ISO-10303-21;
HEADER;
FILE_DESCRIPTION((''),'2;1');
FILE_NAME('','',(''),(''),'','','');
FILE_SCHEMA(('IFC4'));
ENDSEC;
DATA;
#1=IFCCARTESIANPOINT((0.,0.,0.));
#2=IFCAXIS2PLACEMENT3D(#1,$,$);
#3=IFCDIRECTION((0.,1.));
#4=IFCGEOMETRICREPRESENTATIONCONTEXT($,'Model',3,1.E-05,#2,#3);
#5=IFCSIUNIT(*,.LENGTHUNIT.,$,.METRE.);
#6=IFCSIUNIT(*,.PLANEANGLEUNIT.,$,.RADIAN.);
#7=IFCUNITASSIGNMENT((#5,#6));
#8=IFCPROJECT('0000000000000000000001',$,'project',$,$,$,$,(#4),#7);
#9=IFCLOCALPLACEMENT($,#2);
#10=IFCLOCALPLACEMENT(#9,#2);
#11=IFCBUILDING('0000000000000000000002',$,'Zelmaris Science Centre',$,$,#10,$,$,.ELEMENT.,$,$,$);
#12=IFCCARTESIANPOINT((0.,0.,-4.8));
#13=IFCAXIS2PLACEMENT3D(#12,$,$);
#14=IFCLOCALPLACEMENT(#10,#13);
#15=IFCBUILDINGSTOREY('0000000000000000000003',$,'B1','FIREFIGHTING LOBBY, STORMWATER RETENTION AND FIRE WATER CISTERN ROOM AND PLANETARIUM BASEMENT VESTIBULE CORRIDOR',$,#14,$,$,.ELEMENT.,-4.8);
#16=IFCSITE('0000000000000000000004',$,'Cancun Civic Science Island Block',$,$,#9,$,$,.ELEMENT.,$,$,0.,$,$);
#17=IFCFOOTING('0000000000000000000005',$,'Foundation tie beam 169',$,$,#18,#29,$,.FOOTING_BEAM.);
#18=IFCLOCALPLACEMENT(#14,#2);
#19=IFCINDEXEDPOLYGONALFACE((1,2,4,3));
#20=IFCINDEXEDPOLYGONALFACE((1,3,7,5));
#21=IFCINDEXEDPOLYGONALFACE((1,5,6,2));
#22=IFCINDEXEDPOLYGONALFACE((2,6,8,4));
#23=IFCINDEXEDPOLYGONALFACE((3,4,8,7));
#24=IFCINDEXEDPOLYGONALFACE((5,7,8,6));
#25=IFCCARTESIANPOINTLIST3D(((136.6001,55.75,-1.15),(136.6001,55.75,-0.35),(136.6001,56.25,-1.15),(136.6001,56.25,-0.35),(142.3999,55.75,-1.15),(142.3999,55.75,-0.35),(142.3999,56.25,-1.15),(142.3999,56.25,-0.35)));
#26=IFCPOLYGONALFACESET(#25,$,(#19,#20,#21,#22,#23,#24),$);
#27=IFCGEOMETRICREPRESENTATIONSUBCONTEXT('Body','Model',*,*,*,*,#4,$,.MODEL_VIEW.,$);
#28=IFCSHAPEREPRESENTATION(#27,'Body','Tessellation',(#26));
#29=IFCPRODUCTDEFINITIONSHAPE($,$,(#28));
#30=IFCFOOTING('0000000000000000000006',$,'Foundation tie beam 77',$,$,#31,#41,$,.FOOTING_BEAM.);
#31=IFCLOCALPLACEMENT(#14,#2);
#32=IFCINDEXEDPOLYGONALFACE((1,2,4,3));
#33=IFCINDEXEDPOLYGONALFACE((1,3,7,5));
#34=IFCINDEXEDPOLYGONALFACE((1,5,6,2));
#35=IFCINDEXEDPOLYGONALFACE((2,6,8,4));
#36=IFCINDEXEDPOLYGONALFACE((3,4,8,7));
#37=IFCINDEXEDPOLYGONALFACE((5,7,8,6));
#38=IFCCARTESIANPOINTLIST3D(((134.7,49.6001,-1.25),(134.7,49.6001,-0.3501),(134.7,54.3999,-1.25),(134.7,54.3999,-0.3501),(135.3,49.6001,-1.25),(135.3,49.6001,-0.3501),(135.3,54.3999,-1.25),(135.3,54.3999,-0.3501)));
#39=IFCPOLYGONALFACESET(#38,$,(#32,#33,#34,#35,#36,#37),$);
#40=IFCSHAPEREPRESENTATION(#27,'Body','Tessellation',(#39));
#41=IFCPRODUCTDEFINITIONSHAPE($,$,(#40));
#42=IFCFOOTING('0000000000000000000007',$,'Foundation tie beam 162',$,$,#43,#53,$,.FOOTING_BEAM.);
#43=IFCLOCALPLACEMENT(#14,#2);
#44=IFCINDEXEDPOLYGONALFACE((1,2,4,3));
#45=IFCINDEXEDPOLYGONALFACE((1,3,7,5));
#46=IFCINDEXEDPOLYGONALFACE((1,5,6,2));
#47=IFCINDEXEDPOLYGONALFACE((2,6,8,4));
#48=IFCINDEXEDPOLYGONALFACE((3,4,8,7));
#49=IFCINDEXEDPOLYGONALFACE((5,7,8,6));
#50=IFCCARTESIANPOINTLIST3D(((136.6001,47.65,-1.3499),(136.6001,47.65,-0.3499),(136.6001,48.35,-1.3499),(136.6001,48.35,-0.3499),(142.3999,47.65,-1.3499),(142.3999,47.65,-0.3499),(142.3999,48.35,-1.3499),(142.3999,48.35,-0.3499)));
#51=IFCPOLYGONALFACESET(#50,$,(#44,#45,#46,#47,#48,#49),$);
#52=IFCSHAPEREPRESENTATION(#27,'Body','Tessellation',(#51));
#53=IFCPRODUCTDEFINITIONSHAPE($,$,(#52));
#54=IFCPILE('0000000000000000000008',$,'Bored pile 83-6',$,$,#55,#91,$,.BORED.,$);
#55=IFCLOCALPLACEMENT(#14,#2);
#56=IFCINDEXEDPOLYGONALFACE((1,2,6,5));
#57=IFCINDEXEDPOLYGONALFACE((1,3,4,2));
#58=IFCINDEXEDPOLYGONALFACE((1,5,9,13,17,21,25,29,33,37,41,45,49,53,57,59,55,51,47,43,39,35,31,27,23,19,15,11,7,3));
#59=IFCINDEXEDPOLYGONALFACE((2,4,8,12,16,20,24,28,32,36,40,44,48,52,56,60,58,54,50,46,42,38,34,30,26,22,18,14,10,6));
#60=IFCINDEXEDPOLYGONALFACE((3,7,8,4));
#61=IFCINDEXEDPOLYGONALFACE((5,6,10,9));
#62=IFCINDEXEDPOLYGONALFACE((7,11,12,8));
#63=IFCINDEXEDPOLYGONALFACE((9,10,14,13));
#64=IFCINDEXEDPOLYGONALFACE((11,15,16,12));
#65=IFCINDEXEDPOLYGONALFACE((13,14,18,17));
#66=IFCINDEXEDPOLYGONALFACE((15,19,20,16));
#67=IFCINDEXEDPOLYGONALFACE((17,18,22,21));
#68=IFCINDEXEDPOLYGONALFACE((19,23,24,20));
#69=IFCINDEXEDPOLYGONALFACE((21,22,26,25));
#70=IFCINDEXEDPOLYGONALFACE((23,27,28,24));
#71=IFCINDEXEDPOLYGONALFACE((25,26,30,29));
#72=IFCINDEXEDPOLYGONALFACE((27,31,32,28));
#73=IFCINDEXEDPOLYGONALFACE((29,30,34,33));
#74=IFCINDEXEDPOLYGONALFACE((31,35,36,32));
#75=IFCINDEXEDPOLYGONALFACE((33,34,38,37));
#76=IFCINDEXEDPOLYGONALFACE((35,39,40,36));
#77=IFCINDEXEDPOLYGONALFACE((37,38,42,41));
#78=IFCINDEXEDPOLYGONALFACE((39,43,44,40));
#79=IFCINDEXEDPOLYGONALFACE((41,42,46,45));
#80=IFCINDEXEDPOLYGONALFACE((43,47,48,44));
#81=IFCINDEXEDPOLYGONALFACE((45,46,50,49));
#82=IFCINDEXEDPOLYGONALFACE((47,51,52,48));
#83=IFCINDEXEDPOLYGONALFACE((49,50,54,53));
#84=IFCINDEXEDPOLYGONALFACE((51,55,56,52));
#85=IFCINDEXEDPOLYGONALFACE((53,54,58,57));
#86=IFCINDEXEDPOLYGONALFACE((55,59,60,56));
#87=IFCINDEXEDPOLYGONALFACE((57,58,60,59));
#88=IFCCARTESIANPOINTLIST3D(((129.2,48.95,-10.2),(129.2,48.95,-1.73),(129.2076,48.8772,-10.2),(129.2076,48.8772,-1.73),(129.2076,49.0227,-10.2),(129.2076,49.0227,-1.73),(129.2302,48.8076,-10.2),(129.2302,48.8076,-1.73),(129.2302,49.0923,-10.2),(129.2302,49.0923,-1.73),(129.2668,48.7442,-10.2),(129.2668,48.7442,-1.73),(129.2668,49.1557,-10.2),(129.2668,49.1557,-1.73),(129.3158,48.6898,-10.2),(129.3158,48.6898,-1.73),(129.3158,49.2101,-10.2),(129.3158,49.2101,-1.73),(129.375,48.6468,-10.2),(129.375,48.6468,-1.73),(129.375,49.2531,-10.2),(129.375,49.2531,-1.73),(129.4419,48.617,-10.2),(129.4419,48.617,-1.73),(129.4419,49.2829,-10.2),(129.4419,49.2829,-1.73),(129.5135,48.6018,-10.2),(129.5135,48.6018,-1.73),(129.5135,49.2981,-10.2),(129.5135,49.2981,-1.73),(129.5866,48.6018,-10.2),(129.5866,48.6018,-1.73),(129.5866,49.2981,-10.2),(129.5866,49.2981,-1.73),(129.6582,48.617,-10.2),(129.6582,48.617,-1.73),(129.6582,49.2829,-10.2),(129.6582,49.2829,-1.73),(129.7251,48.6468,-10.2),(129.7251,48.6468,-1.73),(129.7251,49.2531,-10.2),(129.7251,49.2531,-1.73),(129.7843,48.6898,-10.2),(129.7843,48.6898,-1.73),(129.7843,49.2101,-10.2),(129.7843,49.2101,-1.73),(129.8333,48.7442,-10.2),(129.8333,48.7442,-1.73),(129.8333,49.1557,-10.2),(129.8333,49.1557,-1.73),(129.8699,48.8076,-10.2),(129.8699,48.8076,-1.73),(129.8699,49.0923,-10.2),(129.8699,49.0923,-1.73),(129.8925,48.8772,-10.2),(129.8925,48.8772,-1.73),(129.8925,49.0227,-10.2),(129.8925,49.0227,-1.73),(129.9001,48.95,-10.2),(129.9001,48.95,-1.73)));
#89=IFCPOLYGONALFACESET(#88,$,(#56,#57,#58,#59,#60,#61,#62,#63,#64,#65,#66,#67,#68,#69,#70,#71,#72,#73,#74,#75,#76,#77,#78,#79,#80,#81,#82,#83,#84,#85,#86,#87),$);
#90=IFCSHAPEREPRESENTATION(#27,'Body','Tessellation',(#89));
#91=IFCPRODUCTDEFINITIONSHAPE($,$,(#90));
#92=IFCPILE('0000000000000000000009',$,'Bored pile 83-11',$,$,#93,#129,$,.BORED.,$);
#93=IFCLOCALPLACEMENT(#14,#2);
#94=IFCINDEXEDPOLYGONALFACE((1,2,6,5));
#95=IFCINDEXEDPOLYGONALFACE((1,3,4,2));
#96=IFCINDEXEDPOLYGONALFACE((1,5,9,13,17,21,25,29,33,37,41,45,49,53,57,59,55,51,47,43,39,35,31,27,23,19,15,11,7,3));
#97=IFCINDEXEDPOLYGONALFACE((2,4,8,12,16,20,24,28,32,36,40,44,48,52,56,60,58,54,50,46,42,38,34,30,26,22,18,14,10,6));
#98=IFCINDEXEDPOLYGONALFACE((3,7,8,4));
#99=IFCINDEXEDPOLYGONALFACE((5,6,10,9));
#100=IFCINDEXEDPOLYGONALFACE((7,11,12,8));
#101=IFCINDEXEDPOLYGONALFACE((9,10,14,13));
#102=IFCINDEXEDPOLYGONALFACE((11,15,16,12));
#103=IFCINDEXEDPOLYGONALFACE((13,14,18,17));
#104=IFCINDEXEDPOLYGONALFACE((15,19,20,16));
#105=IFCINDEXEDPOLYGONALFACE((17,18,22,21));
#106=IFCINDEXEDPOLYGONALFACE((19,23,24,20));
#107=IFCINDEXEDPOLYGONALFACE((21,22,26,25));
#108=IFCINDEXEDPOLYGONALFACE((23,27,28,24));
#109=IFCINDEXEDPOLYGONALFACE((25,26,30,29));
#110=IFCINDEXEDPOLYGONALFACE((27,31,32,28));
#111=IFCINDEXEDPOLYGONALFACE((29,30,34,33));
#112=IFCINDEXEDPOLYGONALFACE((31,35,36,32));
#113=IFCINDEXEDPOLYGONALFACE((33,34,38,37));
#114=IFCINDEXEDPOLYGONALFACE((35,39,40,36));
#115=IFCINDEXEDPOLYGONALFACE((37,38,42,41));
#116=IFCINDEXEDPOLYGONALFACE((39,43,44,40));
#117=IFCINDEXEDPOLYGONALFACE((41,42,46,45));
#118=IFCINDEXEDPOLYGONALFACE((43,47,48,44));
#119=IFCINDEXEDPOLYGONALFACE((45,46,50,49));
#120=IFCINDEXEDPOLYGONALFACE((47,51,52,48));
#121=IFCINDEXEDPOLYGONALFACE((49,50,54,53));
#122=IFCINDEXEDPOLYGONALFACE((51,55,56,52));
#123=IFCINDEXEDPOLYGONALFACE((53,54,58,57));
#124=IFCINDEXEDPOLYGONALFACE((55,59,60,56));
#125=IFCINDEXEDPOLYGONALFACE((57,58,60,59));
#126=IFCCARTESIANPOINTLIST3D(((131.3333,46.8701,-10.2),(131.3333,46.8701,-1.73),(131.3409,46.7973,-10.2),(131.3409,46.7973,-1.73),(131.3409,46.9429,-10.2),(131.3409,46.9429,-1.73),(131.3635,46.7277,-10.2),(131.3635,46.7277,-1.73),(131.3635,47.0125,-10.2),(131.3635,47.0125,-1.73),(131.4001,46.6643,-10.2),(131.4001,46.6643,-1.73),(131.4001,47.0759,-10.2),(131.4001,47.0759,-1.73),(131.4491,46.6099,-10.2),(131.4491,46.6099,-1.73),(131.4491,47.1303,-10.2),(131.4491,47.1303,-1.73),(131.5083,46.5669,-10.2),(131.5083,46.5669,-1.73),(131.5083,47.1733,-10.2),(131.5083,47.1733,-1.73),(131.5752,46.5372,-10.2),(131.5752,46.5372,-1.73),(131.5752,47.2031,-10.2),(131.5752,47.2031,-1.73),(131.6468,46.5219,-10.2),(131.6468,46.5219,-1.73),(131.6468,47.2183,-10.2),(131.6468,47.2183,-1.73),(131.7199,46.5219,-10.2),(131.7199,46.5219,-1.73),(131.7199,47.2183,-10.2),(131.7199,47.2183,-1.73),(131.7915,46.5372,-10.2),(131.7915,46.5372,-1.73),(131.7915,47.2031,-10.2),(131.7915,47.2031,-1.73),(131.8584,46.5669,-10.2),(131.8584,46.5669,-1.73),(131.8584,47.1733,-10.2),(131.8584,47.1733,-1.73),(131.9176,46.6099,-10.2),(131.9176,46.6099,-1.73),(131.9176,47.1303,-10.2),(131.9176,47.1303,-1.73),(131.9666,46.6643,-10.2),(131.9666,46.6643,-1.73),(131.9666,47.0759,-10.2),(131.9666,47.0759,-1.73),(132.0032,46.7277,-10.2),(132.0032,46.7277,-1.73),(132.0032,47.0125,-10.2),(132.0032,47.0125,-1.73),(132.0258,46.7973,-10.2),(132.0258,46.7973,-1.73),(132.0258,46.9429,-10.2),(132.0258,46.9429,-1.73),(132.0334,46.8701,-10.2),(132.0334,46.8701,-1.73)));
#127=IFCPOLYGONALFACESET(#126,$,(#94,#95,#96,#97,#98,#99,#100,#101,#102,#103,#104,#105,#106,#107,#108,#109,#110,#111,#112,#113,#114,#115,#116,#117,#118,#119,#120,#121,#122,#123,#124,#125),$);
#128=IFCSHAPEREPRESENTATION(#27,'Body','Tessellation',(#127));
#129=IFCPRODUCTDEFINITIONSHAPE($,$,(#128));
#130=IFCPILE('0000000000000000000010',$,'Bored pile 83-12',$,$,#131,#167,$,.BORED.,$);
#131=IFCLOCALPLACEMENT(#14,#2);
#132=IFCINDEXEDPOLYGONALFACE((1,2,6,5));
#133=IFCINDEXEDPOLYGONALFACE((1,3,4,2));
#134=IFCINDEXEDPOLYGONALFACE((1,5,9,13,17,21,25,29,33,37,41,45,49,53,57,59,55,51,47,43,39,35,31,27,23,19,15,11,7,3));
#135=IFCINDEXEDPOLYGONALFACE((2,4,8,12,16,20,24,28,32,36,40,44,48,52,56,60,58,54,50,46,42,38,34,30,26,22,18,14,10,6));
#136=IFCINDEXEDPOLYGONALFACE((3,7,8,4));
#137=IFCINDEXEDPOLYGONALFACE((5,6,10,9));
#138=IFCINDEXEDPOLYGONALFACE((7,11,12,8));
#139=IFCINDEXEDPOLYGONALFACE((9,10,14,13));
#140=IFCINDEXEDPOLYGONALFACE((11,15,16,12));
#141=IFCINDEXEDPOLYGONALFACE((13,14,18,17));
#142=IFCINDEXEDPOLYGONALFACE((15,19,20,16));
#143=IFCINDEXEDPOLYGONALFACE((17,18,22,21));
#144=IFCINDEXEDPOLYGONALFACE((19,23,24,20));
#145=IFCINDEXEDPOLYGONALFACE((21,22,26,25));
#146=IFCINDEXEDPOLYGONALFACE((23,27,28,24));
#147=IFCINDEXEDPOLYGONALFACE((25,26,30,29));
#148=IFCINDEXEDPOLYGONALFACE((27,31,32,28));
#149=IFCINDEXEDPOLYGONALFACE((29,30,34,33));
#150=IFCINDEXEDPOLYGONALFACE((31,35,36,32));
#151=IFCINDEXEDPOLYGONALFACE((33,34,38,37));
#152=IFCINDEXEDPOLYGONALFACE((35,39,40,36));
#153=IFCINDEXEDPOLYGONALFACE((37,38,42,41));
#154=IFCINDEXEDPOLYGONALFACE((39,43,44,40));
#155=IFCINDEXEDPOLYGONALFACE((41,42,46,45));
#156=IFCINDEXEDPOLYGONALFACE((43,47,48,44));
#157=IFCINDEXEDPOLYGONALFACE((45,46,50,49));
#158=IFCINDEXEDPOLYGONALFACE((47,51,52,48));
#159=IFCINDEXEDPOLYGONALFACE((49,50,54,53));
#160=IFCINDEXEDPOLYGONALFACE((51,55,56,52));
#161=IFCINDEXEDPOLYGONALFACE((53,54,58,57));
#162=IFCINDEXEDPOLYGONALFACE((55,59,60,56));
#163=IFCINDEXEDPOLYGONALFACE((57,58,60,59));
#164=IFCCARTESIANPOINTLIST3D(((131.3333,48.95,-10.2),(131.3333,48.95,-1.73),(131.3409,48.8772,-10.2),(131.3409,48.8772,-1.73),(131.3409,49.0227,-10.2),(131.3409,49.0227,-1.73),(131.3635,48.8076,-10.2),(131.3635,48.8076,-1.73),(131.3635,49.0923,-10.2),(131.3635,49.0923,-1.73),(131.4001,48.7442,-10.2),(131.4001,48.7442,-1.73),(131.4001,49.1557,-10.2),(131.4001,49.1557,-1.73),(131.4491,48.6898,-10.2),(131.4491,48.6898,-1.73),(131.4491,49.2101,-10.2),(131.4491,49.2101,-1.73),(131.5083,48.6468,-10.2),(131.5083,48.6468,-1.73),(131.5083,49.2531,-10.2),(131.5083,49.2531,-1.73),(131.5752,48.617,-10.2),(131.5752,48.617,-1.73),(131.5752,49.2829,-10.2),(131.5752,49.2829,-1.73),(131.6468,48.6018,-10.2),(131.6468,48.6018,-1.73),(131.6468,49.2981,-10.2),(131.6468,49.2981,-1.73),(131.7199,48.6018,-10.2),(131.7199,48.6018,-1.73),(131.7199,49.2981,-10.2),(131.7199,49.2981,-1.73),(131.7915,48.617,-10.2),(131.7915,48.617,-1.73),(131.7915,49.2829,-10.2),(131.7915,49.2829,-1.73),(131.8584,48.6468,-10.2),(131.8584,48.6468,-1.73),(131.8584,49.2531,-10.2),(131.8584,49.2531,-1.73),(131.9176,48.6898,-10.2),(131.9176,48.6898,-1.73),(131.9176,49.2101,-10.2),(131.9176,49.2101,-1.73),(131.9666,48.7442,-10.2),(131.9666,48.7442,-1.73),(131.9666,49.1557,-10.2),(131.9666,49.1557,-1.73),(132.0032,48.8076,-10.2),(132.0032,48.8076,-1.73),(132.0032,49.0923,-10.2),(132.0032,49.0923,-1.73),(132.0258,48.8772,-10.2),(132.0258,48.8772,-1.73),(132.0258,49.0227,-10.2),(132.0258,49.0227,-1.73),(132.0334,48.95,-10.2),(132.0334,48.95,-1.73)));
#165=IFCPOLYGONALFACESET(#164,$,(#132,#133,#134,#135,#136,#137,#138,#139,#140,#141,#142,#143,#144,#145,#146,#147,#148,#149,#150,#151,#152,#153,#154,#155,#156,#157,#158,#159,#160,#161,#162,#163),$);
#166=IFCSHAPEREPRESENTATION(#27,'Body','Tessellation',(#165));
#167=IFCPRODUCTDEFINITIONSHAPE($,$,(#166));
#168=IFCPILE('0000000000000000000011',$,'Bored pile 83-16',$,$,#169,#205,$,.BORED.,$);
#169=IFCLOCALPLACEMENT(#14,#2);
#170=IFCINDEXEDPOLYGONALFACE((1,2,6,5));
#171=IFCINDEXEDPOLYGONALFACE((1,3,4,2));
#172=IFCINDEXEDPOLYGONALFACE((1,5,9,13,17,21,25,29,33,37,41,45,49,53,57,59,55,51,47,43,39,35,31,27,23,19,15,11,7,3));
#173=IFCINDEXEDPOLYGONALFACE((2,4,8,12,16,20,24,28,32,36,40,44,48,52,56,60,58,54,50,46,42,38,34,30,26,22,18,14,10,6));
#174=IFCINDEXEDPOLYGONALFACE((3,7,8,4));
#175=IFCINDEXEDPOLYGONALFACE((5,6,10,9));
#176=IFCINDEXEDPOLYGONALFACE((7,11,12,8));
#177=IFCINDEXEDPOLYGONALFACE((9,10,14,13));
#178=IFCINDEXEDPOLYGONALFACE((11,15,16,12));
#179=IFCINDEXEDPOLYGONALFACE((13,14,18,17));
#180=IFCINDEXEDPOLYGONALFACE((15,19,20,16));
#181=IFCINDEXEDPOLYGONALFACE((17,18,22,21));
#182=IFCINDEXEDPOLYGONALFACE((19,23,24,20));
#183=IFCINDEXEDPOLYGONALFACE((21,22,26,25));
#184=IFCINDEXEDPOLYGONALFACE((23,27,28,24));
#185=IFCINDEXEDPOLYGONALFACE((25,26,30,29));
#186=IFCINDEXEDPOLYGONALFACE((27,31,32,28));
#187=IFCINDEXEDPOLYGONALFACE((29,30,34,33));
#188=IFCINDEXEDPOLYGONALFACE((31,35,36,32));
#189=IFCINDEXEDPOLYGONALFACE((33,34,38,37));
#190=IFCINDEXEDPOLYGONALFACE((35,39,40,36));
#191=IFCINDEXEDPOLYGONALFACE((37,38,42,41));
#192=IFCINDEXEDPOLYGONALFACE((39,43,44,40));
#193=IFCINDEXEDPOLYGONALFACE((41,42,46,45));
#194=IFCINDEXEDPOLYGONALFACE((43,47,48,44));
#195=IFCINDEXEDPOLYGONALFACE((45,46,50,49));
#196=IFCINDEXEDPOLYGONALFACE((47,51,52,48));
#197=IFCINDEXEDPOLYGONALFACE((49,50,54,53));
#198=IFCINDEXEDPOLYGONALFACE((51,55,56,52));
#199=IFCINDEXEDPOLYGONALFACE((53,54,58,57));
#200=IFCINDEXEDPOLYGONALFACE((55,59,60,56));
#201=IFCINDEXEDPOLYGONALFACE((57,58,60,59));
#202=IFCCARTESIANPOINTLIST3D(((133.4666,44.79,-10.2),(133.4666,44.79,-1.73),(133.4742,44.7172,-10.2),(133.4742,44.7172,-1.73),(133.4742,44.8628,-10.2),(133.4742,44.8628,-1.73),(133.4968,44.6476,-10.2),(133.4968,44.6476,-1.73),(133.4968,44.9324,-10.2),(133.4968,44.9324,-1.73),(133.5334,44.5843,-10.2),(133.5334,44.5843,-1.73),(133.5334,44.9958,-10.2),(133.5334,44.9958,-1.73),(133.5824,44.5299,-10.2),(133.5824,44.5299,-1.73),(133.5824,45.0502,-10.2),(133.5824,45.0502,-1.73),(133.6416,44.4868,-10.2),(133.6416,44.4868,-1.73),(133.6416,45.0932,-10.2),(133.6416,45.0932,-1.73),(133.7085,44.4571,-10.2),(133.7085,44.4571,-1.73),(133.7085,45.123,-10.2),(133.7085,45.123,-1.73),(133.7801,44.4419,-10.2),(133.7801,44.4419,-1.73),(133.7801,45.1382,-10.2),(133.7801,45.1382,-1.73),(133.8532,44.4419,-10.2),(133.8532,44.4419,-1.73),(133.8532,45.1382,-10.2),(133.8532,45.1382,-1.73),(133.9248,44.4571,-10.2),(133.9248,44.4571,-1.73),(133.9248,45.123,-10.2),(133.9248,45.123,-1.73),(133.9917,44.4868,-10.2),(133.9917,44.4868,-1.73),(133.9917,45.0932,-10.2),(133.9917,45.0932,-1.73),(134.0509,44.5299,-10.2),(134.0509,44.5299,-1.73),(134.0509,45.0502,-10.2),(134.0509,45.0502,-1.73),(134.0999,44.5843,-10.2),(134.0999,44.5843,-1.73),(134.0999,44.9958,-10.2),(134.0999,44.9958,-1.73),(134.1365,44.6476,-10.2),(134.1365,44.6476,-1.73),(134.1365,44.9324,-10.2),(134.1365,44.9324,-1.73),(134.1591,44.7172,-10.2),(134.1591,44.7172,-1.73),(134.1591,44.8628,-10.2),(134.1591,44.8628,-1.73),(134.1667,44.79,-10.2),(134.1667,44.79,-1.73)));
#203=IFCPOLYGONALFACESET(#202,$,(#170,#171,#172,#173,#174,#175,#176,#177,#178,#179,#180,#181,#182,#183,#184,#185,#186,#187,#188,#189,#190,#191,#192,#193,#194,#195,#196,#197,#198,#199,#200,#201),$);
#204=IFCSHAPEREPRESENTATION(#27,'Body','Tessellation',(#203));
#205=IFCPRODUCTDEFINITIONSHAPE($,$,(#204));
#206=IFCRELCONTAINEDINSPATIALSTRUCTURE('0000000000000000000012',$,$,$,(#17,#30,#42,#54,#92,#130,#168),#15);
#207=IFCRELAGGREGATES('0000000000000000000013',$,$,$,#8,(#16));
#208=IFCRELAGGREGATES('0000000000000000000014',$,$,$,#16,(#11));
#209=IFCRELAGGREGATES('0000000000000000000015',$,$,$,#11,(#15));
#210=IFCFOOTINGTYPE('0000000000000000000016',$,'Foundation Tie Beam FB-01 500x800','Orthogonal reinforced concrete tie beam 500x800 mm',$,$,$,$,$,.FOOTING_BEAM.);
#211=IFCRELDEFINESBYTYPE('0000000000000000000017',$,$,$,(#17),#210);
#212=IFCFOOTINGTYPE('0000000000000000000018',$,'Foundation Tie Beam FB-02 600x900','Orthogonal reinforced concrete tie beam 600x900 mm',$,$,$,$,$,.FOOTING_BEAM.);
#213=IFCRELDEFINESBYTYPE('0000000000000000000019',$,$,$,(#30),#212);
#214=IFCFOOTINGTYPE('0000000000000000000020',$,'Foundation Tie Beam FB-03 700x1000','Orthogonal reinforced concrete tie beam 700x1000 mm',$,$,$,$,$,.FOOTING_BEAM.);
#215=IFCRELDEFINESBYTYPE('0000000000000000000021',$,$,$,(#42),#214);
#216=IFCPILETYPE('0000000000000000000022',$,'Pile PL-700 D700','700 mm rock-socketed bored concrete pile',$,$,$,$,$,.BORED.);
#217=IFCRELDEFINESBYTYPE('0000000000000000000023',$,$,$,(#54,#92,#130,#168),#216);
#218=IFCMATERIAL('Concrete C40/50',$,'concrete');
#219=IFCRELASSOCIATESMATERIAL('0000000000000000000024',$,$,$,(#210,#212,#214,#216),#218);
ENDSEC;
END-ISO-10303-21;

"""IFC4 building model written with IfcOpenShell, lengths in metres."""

from ifc_helpers import new_model, si_unit, direction, frame, origin, origin_2d, place, context, subcontext, project, spatial, rectangle, circle, extrude, material, material_profile, profile_set, type_object, element, save


model = new_model("IFC4")

# Units and contexts
model_context = context("Model", 3, precision=1e-05, world=origin(), true_north=direction((0.0, 1.0)))
body_context = subcontext(model_context, "Body", "Model", "MODEL_VIEW")
ifc_project = project(units=[si_unit("LENGTHUNIT", "METRE"), si_unit("PLANEANGLEUNIT", "RADIAN")], contexts=[model_context])

# Site, building, storey
site_placement = place(None, origin())
site = spatial("IfcSite", under=ifc_project, at=site_placement, Name="Cancun Civic Science Island Block", CompositionType="ELEMENT", RefElevation=0.0)
building_placement = place(site_placement, origin())
building = spatial("IfcBuilding", under=site, at=building_placement, Name="Zelmaris Science Centre", CompositionType="ELEMENT")
storey_placement = place(building_placement, frame((0.0, 0.0, -4.8)))
storey = spatial("IfcBuildingStorey", under=building, at=storey_placement, Name="B1", Description="FIREFIGHTING LOBBY, STORMWATER RETENTION AND FIRE WATER CISTERN ROOM AND PLANETARIUM BASEMENT VESTIBULE CORRIDOR", CompositionType="ELEMENT", Elevation=-4.8)

# Footings
ifc_material_1 = material(Name="Concrete C40/50", Category="concrete")
ifc_material_profile_1 = material_profile(ifc_material_1, rectangle(XDim=0.5, YDim=0.8, at=origin_2d()), Name="FB-500X800")
ifc_profile_set_1 = profile_set([ifc_material_profile_1], Name="Concrete C40/50")
footing_type_1 = type_object("IfcFootingType", Name="Foundation Tie Beam FB-01 500x800", Description="Orthogonal reinforced concrete tie beam 500x800 mm", PredefinedType="FOOTING_BEAM", material=ifc_profile_set_1)
footing_1_placement = place(storey_placement, frame((136.6001, 56.0, -0.75), z_axis=(1.0, 0.0, 0.0), x_axis=(0.0, 1.0, 0.0)))
element("IfcFooting", 1, at=footing_1_placement, inside=storey, type_object=footing_type_1, Name="Foundation tie beam 169", PredefinedType="FOOTING_BEAM", context=body_context, shape_type="SweptSolid", body=[
    extrude(rectangle(XDim=0.5, YDim=0.8, at=origin_2d()), origin(), (0.0, 0.0, 1.0), 5.7998),
])
ifc_material_profile_2 = material_profile(ifc_material_1, rectangle(XDim=0.6001, YDim=0.8999, at=origin_2d()), Name="FB-600X900")
ifc_profile_set_2 = profile_set([ifc_material_profile_2], Name="Concrete C40/50")
footing_type_2 = type_object("IfcFootingType", Name="Foundation Tie Beam FB-02 600x900", Description="Orthogonal reinforced concrete tie beam 600x900 mm", PredefinedType="FOOTING_BEAM", material=ifc_profile_set_2)
footing_2_placement = place(storey_placement, frame((135.0, 49.6001, -0.8), z_axis=(0.0, 1.0, 0.0), x_axis=(-1.0, 0.0, 0.0)))
element("IfcFooting", 2, at=footing_2_placement, inside=storey, type_object=footing_type_2, Name="Foundation tie beam 77", PredefinedType="FOOTING_BEAM", context=body_context, shape_type="SweptSolid", body=[
    extrude(rectangle(XDim=0.6001, YDim=0.8999, at=origin_2d()), origin(), (0.0, 0.0, 1.0), 4.7998),
])
ifc_material_profile_3 = material_profile(ifc_material_1, rectangle(XDim=0.7, YDim=1.0, at=origin_2d()), Name="FB-700X1000")
ifc_profile_set_3 = profile_set([ifc_material_profile_3], Name="Concrete C40/50")
footing_type_3 = type_object("IfcFootingType", Name="Foundation Tie Beam FB-03 700x1000", Description="Orthogonal reinforced concrete tie beam 700x1000 mm", PredefinedType="FOOTING_BEAM", material=ifc_profile_set_3)
footing_3_placement = place(storey_placement, frame((136.6001, 48.0, -0.8499), z_axis=(1.0, 0.0, 0.0), x_axis=(0.0, 1.0, 0.0)))
element("IfcFooting", 3, at=footing_3_placement, inside=storey, type_object=footing_type_3, Name="Foundation tie beam 162", PredefinedType="FOOTING_BEAM", context=body_context, shape_type="SweptSolid", body=[
    extrude(rectangle(XDim=0.7, YDim=1.0, at=origin_2d()), origin(), (0.0, 0.0, 1.0), 5.7998),
])

# Piles
ifc_material_profile_4 = material_profile(ifc_material_1, circle(Radius=0.3501, at=origin_2d()), Name="PILE-700")
ifc_profile_set_4 = profile_set([ifc_material_profile_4], Name="Concrete C40/50")
pile_type_1 = type_object("IfcPileType", Name="Pile PL-700 D700", Description="700 mm rock-socketed bored concrete pile", PredefinedType="BORED", material=ifc_profile_set_4)
for number, where, z_axis, x_axis, name in (
    (4, (129.55, 48.95, -1.73), (0.0, 0.0, -1.0), (1.0, 0.0, 0.0), "Bored pile 83-6"),
    (5, (131.6833, 46.8701, -1.73), (0.0, 0.0, -1.0), (1.0, 0.0, 0.0), "Bored pile 83-11"),
    (6, (131.6833, 48.95, -1.73), (0.0, 0.0, -1.0), (1.0, 0.0, 0.0), "Bored pile 83-12"),
    (7, (133.8167, 44.79, -1.73), (0.0, 0.0, -1.0), (1.0, 0.0, 0.0), "Bored pile 83-16"),
):
    element("IfcPile", number, at=place(storey_placement, frame(where, z_axis=z_axis, x_axis=x_axis)), inside=storey, type_object=pile_type_1, Name=name, PredefinedType="BORED", context=body_context, shape_type="SweptSolid", body=[
        extrude(circle(Radius=0.3501, at=origin_2d()), origin(), (0.0, 0.0, 1.0), 8.47),
    ])

save(model, "model.ifc")
